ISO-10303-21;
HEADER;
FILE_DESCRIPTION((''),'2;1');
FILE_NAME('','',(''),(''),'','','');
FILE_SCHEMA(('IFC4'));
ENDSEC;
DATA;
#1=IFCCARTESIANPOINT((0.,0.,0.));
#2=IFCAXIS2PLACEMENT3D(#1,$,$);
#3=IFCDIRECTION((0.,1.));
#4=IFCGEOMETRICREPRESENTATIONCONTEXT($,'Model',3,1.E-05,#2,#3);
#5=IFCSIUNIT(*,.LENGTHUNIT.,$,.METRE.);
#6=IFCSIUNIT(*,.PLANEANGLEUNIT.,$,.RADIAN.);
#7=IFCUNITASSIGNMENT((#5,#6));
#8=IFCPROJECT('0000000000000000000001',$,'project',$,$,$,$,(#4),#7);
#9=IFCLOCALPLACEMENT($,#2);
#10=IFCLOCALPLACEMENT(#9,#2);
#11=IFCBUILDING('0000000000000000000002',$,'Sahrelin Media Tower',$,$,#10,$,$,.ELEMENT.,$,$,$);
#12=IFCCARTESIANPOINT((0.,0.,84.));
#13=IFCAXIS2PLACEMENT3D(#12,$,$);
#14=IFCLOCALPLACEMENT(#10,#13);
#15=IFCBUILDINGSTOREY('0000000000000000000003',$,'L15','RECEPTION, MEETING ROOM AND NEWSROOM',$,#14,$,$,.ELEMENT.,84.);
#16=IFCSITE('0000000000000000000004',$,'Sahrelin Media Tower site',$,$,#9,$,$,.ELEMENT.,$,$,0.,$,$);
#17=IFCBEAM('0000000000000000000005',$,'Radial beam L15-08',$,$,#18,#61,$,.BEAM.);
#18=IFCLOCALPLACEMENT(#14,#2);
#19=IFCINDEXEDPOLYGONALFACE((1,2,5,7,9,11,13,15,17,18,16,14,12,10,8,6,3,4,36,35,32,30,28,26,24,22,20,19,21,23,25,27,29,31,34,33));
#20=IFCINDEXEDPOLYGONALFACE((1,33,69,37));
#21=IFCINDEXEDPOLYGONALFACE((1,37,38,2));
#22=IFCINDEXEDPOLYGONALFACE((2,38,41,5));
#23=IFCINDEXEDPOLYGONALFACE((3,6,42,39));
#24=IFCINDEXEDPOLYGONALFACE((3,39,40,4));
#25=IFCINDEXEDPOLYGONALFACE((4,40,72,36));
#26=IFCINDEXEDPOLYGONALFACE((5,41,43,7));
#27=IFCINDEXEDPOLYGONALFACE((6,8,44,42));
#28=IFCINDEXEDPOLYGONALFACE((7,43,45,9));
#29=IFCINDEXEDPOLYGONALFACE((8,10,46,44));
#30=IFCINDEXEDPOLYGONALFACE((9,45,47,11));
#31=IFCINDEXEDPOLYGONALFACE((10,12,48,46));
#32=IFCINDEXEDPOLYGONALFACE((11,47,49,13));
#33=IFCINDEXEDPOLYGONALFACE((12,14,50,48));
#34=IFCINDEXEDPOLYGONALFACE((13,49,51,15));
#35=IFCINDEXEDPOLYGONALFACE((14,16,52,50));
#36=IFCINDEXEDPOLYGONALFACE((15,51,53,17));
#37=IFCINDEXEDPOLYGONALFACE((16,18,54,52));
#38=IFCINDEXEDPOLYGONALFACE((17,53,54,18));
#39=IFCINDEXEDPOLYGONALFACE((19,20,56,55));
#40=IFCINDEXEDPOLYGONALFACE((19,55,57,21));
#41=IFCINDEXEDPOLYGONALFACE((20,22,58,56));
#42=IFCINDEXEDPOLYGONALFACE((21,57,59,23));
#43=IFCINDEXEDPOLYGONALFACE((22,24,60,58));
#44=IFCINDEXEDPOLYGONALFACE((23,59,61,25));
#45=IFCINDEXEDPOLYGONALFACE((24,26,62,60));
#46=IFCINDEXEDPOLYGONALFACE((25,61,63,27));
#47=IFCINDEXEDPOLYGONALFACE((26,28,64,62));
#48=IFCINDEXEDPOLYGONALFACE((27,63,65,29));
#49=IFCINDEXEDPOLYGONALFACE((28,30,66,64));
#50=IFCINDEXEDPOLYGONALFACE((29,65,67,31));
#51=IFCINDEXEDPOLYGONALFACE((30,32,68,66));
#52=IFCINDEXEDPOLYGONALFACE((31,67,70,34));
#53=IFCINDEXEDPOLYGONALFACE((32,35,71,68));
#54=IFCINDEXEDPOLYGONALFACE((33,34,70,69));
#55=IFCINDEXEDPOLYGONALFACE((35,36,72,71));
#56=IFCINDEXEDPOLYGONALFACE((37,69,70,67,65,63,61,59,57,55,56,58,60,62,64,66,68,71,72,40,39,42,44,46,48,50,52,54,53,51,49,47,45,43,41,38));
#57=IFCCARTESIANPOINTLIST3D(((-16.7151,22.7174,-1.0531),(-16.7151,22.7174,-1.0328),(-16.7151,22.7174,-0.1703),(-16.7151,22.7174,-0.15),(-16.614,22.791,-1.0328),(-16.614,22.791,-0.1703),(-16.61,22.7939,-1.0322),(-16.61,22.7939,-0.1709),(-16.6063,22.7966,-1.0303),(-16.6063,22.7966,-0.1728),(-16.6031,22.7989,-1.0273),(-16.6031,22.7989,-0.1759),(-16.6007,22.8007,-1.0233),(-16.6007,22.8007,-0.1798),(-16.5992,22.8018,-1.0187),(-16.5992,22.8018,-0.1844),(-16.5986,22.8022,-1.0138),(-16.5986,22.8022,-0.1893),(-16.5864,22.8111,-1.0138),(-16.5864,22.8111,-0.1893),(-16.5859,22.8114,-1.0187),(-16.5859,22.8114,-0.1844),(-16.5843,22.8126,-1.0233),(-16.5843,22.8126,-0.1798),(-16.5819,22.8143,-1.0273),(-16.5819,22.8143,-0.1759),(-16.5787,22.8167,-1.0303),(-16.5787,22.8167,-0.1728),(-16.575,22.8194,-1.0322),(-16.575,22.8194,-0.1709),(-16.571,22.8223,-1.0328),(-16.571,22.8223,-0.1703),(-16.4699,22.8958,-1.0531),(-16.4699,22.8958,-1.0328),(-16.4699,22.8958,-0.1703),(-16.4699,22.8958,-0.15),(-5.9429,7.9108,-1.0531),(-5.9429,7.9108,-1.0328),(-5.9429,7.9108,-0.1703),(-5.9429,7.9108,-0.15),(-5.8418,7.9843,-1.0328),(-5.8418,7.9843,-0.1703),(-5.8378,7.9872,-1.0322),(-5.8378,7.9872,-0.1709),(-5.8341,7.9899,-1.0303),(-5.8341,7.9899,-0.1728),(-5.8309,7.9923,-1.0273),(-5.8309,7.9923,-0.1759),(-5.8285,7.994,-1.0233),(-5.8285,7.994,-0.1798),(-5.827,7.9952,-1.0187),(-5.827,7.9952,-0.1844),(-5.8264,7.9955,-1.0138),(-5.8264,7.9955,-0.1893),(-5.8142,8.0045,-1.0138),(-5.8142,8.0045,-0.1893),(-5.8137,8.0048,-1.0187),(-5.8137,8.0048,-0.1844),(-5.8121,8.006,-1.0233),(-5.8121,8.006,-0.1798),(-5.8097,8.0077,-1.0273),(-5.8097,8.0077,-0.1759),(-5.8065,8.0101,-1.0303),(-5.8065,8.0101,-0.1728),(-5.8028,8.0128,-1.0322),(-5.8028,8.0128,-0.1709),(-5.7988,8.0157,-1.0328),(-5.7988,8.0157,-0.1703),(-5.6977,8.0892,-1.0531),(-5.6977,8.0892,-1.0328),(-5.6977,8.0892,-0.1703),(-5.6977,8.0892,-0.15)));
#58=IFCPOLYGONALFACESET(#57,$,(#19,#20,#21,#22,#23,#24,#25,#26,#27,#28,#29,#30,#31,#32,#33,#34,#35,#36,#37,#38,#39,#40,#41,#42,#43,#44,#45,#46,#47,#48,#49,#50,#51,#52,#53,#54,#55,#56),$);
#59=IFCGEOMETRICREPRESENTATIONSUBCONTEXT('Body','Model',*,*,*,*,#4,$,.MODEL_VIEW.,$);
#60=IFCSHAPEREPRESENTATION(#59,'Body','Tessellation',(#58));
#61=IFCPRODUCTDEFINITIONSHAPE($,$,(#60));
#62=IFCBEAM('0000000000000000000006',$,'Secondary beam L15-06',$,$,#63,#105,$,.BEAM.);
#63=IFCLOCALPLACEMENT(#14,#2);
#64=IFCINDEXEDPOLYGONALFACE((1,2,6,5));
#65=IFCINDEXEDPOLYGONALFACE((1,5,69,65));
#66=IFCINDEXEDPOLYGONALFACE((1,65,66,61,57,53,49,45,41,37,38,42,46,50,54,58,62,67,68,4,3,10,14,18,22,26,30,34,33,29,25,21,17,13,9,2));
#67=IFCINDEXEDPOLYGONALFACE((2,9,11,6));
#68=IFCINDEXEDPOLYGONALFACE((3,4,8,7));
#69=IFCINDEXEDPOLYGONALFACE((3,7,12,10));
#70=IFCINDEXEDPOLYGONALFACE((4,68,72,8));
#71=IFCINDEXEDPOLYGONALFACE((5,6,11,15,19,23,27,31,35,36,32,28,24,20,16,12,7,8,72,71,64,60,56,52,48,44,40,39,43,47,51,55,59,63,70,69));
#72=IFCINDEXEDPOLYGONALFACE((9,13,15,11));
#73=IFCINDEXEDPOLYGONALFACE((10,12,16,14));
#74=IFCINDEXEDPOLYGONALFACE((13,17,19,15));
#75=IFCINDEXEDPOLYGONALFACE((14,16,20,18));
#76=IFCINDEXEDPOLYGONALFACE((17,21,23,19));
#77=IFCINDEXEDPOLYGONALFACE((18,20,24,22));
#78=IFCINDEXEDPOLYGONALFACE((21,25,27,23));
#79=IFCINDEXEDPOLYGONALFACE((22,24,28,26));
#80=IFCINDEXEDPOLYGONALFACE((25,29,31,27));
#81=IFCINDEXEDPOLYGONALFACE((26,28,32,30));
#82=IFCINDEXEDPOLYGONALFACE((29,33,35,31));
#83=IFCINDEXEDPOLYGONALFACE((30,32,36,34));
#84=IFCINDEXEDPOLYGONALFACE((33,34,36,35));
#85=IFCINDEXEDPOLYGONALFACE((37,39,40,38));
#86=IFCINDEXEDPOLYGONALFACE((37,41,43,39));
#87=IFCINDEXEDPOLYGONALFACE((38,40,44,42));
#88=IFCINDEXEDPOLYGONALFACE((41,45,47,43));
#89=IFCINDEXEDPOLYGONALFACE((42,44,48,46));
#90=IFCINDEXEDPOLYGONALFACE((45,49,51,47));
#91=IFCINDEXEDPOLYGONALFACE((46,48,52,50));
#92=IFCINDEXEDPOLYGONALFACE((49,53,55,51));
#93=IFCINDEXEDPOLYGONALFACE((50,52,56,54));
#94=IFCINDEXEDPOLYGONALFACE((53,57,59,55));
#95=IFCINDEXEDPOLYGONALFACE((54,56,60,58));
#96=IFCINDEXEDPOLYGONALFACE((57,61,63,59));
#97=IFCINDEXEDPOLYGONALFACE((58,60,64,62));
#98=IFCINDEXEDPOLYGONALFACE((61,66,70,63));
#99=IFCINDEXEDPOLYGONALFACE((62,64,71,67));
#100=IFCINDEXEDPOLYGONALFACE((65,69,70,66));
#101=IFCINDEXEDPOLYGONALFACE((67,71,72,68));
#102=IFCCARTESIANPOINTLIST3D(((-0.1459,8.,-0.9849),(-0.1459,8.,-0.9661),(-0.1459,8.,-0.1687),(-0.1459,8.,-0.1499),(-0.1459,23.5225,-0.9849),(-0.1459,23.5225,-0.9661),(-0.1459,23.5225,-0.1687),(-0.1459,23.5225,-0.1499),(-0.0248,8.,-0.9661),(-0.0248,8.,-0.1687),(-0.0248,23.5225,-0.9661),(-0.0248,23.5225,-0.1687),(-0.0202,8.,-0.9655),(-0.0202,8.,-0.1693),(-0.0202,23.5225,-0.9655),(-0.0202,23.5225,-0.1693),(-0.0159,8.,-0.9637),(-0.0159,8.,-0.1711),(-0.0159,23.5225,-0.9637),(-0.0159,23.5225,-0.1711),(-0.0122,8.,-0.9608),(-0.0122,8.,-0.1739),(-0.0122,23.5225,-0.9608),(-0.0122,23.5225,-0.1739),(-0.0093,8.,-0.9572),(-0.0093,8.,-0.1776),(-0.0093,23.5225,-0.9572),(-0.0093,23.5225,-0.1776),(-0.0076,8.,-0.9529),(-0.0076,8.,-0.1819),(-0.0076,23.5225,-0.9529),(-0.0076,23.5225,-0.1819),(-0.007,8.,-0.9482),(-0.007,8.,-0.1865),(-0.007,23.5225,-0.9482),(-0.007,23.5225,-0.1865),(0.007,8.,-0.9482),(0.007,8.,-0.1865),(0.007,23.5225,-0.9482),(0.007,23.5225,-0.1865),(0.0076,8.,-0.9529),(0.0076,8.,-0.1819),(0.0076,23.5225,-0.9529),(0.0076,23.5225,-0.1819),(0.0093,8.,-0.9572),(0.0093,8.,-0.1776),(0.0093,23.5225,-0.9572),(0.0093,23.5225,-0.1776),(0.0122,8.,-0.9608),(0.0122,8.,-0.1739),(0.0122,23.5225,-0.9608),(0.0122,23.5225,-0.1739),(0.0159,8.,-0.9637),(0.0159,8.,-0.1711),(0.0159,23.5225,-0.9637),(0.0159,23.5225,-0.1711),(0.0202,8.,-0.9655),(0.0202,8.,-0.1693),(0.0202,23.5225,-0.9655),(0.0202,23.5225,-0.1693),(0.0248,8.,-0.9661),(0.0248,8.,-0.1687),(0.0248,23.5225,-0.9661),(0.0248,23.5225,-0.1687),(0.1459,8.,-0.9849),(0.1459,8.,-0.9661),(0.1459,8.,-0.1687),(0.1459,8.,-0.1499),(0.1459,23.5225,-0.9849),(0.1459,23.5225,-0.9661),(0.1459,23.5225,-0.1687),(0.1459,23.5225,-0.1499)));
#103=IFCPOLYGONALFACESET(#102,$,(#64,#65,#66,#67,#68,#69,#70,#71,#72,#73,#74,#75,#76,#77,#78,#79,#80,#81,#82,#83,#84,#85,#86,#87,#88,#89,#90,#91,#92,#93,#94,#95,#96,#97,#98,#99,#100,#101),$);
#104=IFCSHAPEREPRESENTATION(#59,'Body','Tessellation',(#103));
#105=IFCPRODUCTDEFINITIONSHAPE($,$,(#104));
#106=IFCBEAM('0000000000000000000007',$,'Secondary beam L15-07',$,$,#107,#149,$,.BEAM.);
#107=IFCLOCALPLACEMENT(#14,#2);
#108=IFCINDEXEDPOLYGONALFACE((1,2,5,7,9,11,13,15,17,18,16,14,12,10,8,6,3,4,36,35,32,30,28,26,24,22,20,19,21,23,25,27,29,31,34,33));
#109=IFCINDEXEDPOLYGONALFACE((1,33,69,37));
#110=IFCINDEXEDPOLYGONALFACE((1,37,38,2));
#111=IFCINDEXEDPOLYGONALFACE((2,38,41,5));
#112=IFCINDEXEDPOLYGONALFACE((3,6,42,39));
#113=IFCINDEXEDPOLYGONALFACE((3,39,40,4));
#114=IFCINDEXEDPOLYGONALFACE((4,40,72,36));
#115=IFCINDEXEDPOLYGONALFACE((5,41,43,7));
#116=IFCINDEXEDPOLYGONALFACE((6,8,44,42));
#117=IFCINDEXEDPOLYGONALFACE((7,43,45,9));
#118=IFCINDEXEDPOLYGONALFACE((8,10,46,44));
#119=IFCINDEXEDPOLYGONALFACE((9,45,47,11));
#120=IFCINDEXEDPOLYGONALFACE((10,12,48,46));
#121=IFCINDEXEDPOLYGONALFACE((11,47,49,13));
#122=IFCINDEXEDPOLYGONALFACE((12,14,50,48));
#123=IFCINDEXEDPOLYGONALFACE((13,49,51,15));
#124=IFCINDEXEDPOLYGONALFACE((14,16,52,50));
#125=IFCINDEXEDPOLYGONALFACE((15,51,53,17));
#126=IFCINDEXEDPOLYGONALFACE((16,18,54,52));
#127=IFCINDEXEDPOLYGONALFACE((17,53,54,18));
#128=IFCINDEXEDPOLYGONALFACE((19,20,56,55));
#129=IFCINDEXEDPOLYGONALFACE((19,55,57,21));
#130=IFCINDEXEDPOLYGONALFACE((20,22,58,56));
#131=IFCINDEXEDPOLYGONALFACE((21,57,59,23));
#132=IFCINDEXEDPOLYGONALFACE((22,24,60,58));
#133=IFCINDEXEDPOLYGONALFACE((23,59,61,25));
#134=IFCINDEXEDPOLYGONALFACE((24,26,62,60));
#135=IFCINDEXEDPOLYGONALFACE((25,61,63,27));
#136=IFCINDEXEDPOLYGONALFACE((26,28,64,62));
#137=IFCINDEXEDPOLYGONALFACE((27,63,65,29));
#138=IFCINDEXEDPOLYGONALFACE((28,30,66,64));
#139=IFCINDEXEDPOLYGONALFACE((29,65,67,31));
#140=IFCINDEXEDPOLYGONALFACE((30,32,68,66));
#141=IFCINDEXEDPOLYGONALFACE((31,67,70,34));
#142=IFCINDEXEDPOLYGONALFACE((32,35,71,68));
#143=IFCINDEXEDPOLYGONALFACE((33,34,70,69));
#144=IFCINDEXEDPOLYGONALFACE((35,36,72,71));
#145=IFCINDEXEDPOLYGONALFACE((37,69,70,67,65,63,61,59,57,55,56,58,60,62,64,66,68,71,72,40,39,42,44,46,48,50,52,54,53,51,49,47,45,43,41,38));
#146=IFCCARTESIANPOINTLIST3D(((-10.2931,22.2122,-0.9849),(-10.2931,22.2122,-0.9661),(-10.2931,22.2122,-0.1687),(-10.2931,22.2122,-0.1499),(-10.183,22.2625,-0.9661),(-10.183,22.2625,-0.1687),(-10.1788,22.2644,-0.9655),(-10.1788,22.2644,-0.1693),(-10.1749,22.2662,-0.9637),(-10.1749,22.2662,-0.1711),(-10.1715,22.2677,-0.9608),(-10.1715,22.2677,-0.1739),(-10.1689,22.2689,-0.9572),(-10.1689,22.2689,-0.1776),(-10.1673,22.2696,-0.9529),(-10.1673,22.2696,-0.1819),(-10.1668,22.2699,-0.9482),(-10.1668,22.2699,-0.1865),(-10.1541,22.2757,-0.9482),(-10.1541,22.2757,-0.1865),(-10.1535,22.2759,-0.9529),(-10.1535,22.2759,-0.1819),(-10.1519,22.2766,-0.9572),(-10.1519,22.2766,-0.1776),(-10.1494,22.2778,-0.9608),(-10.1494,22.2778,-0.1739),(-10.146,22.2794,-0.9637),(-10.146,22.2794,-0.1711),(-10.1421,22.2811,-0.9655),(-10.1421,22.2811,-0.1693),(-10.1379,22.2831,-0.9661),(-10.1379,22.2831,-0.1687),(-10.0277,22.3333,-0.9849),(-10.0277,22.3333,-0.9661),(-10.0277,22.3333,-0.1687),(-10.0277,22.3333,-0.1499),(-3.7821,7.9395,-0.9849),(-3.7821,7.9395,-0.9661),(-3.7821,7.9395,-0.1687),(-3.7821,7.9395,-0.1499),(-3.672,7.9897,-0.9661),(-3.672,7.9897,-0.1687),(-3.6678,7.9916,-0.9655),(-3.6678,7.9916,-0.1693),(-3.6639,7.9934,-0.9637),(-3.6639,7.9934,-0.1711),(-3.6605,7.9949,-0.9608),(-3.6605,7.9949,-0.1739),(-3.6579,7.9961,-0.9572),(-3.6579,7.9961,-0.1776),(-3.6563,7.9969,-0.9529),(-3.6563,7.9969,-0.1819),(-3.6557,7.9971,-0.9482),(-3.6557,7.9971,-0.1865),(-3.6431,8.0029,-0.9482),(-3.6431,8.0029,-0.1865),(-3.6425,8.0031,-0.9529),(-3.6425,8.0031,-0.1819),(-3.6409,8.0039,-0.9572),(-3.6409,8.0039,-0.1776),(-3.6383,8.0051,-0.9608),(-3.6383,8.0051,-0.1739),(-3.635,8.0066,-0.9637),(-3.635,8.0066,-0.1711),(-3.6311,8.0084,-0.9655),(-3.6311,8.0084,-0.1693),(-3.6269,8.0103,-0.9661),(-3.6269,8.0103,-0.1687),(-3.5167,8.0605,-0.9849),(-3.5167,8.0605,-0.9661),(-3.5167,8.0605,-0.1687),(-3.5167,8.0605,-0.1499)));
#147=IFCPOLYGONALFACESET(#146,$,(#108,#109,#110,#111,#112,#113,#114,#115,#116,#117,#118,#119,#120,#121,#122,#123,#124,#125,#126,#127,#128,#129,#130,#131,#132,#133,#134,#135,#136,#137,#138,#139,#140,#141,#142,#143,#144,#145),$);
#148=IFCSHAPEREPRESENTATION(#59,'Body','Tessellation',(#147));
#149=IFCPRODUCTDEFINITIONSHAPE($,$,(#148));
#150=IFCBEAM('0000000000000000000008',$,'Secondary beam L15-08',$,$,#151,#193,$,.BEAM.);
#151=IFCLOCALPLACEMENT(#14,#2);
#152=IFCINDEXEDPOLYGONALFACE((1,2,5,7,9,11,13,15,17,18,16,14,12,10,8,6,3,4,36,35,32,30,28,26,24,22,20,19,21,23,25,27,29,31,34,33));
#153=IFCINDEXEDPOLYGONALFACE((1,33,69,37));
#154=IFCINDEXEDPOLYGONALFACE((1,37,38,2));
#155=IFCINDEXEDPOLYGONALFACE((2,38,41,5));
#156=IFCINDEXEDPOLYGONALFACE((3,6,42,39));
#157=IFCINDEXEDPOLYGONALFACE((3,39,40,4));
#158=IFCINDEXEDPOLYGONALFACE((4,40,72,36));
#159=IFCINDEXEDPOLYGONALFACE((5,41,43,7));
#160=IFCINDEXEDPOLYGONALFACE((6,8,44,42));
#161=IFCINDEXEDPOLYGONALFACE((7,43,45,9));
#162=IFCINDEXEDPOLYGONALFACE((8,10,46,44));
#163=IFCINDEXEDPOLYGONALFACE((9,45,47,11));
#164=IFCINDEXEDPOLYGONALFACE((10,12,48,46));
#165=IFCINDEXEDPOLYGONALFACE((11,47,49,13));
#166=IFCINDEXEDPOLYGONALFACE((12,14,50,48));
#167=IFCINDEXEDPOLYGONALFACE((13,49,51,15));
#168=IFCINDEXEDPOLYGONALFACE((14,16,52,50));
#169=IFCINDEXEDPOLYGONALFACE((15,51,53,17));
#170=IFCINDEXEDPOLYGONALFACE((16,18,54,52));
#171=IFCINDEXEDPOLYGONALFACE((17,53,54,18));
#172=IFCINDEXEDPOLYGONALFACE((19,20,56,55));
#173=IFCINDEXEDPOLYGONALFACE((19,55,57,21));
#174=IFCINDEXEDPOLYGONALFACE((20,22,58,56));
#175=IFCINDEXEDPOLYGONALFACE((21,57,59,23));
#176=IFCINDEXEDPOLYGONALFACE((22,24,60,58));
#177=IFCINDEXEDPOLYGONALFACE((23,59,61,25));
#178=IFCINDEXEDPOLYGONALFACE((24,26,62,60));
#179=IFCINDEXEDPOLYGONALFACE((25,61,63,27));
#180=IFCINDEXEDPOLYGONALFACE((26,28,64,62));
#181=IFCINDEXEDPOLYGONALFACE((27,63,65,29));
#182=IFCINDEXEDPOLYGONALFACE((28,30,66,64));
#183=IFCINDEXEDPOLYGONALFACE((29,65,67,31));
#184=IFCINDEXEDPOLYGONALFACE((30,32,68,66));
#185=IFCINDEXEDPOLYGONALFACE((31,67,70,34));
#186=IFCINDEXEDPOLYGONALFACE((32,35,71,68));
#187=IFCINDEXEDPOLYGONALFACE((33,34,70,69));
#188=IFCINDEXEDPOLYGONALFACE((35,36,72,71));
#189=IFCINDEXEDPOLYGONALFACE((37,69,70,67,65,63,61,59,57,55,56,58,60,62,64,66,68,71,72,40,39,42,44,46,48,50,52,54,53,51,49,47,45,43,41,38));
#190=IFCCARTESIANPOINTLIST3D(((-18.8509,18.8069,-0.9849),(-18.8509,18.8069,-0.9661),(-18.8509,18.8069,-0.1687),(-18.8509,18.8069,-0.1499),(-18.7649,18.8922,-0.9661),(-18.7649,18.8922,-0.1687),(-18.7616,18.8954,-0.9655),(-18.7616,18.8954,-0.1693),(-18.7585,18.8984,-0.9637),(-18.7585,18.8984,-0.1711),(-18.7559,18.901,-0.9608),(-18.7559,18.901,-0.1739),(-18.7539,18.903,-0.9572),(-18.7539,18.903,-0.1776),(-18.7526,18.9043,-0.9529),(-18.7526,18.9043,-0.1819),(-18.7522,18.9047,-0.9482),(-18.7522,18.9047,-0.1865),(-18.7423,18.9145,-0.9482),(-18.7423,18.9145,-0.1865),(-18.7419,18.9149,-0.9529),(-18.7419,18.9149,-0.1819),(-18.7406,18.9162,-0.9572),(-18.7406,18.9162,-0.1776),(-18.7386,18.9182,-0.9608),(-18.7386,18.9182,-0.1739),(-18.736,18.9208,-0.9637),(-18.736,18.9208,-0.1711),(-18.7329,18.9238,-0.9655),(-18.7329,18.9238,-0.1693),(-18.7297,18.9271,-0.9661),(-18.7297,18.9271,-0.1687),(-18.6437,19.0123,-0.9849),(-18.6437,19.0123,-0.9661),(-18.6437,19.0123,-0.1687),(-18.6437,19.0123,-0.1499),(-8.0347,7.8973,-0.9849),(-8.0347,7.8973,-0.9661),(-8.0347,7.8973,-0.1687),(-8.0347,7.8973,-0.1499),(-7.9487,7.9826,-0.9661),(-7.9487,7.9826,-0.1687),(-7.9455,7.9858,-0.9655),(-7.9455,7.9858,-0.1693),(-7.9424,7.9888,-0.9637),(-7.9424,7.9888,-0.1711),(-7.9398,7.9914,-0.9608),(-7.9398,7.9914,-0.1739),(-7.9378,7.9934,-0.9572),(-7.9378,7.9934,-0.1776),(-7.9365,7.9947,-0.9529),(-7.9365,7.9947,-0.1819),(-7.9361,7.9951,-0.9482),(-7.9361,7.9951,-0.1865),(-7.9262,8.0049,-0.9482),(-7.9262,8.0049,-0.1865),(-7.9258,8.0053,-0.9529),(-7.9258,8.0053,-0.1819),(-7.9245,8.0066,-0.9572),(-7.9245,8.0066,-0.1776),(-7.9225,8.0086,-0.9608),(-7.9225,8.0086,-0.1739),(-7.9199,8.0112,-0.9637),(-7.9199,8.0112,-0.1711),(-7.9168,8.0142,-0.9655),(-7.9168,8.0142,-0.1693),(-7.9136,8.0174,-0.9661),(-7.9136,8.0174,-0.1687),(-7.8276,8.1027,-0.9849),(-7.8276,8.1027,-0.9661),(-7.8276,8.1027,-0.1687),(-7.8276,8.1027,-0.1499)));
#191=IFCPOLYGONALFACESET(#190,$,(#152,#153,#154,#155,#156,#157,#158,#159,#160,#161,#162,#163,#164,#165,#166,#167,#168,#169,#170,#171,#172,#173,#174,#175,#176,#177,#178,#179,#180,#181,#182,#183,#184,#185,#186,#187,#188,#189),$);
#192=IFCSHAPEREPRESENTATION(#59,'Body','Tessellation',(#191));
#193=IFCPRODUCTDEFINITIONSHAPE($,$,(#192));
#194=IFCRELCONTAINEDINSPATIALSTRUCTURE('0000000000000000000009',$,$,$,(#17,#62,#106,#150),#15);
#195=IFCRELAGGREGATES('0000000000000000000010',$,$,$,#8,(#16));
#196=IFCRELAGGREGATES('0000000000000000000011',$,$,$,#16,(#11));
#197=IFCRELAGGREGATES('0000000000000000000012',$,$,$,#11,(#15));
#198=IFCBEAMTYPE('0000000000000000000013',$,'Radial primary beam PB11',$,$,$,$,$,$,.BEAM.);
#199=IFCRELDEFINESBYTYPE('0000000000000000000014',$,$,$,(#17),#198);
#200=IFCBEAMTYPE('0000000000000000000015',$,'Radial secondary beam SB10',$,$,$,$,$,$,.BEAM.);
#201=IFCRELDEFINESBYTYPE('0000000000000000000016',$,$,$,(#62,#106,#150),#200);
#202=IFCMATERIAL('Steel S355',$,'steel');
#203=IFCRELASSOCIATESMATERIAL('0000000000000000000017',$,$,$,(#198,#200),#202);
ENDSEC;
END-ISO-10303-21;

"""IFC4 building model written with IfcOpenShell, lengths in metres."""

from ifc_helpers import new_model, si_unit, direction, frame, origin, origin_2d, place, context, subcontext, project, spatial, i_section, extrude, material, material_profile, profile_set, type_object, element, save


model = new_model("IFC4")

# Units and contexts
model_context = context("Model", 3, precision=1e-05, world=origin(), true_north=direction((0.0, 1.0)))
body_context = subcontext(model_context, "Body", "Model", "MODEL_VIEW")
ifc_project = project(units=[si_unit("LENGTHUNIT", "METRE"), si_unit("PLANEANGLEUNIT", "RADIAN")], contexts=[model_context])

# Site, building, storey
site_placement = place(None, origin())
site = spatial("IfcSite", under=ifc_project, at=site_placement, Name="Sahrelin Media Tower site", CompositionType="ELEMENT", RefElevation=0.0)
building_placement = place(site_placement, origin())
building = spatial("IfcBuilding", under=site, at=building_placement, Name="Sahrelin Media Tower", CompositionType="ELEMENT")
storey_placement = place(building_placement, frame((0.0, 0.0, 84.0)))
storey = spatial("IfcBuildingStorey", under=building, at=storey_placement, Name="L15", Description="RECEPTION, MEETING ROOM AND NEWSROOM", CompositionType="ELEMENT", Elevation=84.0)

# Shared definitions
ifc_material_1 = material(Name="Steel S355", Category="steel")

# Beams
ifc_material_profile_1 = material_profile(ifc_material_1, i_section(OverallWidth=0.3032, OverallDepth=0.9031, WebThickness=0.0151, FlangeThickness=0.0203, FilletRadius=0.019, at=origin_2d()), Name="UB 914x305x201")
ifc_profile_set_1 = profile_set([ifc_material_profile_1], Name="Steel S355")
beam_type_1 = type_object("IfcBeamType", Name="Radial primary beam PB11", PredefinedType="BEAM", material=ifc_profile_set_1)
beam_1_placement = place(storey_placement, frame((-5.8203, 8.0, -0.6016), z_axis=(-0.588306, 0.808639, 0.0), x_axis=(-0.808639, -0.588306, 0.0)))
element("IfcBeam", 1, at=beam_1_placement, inside=storey, type_object=beam_type_1, Name="Radial beam L15-08", PredefinedType="BEAM", context=body_context, shape_type="SweptSolid", body=[
    extrude(i_section(OverallWidth=0.3032, OverallDepth=0.9031, WebThickness=0.0151, FlangeThickness=0.0203, FilletRadius=0.019, at=origin_2d()), origin(), (0.0, 0.0, 1.0), 18.3105),
])
ifc_material_profile_2 = material_profile(ifc_material_1, i_section(OverallWidth=0.2917, OverallDepth=0.835, WebThickness=0.0139, FlangeThickness=0.0188, FilletRadius=0.0178, at=origin_2d()), Name="UB 838x292x176")
ifc_profile_set_2 = profile_set([ifc_material_profile_2], Name="Steel S355")
beam_type_2 = type_object("IfcBeamType", Name="Radial secondary beam SB10", PredefinedType="BEAM", material=ifc_profile_set_2)
beam_2_placement = place(storey_placement, frame((0.0, 8.0, -0.5674), z_axis=(0.0, 1.0, 0.0), x_axis=(-1.0, 0.0, 0.0)))
element("IfcBeam", 2, at=beam_2_placement, inside=storey, type_object=beam_type_2, Name="Secondary beam L15-06", PredefinedType="BEAM", context=body_context, shape_type="SweptSolid", body=[
    extrude(i_section(OverallWidth=0.2917, OverallDepth=0.835, WebThickness=0.0139, FlangeThickness=0.0188, FilletRadius=0.0178, at=origin_2d()), origin(), (0.0, 0.0, 1.0), 15.5225),
])
beam_3_placement = place(storey_placement, frame((-3.6494, 8.0, -0.5674), z_axis=(-0.415038, 0.909804, 0.0), x_axis=(-0.909804, -0.415038, 0.0)))
element("IfcBeam", 3, at=beam_3_placement, inside=storey, type_object=beam_type_2, Name="Secondary beam L15-07", PredefinedType="BEAM", context=body_context, shape_type="SweptSolid", body=[
    extrude(i_section(OverallWidth=0.2917, OverallDepth=0.835, WebThickness=0.0139, FlangeThickness=0.0188, FilletRadius=0.0178, at=origin_2d()), origin(), (0.0, 0.0, 1.0), 15.6877),
])
beam_4_placement = place(storey_placement, frame((-7.9312, 8.0, -0.5674), z_axis=(-0.704057, 0.710144, 0.0), x_axis=(-0.710144, -0.704057, 0.0)))
element("IfcBeam", 4, at=beam_4_placement, inside=storey, type_object=beam_type_2, Name="Secondary beam L15-08", PredefinedType="BEAM", context=body_context, shape_type="SweptSolid", body=[
    extrude(i_section(OverallWidth=0.2917, OverallDepth=0.835, WebThickness=0.0139, FlangeThickness=0.0188, FilletRadius=0.0178, at=origin_2d()), origin(), (0.0, 0.0, 1.0), 15.3625),
])

save(model, "model.ifc")
